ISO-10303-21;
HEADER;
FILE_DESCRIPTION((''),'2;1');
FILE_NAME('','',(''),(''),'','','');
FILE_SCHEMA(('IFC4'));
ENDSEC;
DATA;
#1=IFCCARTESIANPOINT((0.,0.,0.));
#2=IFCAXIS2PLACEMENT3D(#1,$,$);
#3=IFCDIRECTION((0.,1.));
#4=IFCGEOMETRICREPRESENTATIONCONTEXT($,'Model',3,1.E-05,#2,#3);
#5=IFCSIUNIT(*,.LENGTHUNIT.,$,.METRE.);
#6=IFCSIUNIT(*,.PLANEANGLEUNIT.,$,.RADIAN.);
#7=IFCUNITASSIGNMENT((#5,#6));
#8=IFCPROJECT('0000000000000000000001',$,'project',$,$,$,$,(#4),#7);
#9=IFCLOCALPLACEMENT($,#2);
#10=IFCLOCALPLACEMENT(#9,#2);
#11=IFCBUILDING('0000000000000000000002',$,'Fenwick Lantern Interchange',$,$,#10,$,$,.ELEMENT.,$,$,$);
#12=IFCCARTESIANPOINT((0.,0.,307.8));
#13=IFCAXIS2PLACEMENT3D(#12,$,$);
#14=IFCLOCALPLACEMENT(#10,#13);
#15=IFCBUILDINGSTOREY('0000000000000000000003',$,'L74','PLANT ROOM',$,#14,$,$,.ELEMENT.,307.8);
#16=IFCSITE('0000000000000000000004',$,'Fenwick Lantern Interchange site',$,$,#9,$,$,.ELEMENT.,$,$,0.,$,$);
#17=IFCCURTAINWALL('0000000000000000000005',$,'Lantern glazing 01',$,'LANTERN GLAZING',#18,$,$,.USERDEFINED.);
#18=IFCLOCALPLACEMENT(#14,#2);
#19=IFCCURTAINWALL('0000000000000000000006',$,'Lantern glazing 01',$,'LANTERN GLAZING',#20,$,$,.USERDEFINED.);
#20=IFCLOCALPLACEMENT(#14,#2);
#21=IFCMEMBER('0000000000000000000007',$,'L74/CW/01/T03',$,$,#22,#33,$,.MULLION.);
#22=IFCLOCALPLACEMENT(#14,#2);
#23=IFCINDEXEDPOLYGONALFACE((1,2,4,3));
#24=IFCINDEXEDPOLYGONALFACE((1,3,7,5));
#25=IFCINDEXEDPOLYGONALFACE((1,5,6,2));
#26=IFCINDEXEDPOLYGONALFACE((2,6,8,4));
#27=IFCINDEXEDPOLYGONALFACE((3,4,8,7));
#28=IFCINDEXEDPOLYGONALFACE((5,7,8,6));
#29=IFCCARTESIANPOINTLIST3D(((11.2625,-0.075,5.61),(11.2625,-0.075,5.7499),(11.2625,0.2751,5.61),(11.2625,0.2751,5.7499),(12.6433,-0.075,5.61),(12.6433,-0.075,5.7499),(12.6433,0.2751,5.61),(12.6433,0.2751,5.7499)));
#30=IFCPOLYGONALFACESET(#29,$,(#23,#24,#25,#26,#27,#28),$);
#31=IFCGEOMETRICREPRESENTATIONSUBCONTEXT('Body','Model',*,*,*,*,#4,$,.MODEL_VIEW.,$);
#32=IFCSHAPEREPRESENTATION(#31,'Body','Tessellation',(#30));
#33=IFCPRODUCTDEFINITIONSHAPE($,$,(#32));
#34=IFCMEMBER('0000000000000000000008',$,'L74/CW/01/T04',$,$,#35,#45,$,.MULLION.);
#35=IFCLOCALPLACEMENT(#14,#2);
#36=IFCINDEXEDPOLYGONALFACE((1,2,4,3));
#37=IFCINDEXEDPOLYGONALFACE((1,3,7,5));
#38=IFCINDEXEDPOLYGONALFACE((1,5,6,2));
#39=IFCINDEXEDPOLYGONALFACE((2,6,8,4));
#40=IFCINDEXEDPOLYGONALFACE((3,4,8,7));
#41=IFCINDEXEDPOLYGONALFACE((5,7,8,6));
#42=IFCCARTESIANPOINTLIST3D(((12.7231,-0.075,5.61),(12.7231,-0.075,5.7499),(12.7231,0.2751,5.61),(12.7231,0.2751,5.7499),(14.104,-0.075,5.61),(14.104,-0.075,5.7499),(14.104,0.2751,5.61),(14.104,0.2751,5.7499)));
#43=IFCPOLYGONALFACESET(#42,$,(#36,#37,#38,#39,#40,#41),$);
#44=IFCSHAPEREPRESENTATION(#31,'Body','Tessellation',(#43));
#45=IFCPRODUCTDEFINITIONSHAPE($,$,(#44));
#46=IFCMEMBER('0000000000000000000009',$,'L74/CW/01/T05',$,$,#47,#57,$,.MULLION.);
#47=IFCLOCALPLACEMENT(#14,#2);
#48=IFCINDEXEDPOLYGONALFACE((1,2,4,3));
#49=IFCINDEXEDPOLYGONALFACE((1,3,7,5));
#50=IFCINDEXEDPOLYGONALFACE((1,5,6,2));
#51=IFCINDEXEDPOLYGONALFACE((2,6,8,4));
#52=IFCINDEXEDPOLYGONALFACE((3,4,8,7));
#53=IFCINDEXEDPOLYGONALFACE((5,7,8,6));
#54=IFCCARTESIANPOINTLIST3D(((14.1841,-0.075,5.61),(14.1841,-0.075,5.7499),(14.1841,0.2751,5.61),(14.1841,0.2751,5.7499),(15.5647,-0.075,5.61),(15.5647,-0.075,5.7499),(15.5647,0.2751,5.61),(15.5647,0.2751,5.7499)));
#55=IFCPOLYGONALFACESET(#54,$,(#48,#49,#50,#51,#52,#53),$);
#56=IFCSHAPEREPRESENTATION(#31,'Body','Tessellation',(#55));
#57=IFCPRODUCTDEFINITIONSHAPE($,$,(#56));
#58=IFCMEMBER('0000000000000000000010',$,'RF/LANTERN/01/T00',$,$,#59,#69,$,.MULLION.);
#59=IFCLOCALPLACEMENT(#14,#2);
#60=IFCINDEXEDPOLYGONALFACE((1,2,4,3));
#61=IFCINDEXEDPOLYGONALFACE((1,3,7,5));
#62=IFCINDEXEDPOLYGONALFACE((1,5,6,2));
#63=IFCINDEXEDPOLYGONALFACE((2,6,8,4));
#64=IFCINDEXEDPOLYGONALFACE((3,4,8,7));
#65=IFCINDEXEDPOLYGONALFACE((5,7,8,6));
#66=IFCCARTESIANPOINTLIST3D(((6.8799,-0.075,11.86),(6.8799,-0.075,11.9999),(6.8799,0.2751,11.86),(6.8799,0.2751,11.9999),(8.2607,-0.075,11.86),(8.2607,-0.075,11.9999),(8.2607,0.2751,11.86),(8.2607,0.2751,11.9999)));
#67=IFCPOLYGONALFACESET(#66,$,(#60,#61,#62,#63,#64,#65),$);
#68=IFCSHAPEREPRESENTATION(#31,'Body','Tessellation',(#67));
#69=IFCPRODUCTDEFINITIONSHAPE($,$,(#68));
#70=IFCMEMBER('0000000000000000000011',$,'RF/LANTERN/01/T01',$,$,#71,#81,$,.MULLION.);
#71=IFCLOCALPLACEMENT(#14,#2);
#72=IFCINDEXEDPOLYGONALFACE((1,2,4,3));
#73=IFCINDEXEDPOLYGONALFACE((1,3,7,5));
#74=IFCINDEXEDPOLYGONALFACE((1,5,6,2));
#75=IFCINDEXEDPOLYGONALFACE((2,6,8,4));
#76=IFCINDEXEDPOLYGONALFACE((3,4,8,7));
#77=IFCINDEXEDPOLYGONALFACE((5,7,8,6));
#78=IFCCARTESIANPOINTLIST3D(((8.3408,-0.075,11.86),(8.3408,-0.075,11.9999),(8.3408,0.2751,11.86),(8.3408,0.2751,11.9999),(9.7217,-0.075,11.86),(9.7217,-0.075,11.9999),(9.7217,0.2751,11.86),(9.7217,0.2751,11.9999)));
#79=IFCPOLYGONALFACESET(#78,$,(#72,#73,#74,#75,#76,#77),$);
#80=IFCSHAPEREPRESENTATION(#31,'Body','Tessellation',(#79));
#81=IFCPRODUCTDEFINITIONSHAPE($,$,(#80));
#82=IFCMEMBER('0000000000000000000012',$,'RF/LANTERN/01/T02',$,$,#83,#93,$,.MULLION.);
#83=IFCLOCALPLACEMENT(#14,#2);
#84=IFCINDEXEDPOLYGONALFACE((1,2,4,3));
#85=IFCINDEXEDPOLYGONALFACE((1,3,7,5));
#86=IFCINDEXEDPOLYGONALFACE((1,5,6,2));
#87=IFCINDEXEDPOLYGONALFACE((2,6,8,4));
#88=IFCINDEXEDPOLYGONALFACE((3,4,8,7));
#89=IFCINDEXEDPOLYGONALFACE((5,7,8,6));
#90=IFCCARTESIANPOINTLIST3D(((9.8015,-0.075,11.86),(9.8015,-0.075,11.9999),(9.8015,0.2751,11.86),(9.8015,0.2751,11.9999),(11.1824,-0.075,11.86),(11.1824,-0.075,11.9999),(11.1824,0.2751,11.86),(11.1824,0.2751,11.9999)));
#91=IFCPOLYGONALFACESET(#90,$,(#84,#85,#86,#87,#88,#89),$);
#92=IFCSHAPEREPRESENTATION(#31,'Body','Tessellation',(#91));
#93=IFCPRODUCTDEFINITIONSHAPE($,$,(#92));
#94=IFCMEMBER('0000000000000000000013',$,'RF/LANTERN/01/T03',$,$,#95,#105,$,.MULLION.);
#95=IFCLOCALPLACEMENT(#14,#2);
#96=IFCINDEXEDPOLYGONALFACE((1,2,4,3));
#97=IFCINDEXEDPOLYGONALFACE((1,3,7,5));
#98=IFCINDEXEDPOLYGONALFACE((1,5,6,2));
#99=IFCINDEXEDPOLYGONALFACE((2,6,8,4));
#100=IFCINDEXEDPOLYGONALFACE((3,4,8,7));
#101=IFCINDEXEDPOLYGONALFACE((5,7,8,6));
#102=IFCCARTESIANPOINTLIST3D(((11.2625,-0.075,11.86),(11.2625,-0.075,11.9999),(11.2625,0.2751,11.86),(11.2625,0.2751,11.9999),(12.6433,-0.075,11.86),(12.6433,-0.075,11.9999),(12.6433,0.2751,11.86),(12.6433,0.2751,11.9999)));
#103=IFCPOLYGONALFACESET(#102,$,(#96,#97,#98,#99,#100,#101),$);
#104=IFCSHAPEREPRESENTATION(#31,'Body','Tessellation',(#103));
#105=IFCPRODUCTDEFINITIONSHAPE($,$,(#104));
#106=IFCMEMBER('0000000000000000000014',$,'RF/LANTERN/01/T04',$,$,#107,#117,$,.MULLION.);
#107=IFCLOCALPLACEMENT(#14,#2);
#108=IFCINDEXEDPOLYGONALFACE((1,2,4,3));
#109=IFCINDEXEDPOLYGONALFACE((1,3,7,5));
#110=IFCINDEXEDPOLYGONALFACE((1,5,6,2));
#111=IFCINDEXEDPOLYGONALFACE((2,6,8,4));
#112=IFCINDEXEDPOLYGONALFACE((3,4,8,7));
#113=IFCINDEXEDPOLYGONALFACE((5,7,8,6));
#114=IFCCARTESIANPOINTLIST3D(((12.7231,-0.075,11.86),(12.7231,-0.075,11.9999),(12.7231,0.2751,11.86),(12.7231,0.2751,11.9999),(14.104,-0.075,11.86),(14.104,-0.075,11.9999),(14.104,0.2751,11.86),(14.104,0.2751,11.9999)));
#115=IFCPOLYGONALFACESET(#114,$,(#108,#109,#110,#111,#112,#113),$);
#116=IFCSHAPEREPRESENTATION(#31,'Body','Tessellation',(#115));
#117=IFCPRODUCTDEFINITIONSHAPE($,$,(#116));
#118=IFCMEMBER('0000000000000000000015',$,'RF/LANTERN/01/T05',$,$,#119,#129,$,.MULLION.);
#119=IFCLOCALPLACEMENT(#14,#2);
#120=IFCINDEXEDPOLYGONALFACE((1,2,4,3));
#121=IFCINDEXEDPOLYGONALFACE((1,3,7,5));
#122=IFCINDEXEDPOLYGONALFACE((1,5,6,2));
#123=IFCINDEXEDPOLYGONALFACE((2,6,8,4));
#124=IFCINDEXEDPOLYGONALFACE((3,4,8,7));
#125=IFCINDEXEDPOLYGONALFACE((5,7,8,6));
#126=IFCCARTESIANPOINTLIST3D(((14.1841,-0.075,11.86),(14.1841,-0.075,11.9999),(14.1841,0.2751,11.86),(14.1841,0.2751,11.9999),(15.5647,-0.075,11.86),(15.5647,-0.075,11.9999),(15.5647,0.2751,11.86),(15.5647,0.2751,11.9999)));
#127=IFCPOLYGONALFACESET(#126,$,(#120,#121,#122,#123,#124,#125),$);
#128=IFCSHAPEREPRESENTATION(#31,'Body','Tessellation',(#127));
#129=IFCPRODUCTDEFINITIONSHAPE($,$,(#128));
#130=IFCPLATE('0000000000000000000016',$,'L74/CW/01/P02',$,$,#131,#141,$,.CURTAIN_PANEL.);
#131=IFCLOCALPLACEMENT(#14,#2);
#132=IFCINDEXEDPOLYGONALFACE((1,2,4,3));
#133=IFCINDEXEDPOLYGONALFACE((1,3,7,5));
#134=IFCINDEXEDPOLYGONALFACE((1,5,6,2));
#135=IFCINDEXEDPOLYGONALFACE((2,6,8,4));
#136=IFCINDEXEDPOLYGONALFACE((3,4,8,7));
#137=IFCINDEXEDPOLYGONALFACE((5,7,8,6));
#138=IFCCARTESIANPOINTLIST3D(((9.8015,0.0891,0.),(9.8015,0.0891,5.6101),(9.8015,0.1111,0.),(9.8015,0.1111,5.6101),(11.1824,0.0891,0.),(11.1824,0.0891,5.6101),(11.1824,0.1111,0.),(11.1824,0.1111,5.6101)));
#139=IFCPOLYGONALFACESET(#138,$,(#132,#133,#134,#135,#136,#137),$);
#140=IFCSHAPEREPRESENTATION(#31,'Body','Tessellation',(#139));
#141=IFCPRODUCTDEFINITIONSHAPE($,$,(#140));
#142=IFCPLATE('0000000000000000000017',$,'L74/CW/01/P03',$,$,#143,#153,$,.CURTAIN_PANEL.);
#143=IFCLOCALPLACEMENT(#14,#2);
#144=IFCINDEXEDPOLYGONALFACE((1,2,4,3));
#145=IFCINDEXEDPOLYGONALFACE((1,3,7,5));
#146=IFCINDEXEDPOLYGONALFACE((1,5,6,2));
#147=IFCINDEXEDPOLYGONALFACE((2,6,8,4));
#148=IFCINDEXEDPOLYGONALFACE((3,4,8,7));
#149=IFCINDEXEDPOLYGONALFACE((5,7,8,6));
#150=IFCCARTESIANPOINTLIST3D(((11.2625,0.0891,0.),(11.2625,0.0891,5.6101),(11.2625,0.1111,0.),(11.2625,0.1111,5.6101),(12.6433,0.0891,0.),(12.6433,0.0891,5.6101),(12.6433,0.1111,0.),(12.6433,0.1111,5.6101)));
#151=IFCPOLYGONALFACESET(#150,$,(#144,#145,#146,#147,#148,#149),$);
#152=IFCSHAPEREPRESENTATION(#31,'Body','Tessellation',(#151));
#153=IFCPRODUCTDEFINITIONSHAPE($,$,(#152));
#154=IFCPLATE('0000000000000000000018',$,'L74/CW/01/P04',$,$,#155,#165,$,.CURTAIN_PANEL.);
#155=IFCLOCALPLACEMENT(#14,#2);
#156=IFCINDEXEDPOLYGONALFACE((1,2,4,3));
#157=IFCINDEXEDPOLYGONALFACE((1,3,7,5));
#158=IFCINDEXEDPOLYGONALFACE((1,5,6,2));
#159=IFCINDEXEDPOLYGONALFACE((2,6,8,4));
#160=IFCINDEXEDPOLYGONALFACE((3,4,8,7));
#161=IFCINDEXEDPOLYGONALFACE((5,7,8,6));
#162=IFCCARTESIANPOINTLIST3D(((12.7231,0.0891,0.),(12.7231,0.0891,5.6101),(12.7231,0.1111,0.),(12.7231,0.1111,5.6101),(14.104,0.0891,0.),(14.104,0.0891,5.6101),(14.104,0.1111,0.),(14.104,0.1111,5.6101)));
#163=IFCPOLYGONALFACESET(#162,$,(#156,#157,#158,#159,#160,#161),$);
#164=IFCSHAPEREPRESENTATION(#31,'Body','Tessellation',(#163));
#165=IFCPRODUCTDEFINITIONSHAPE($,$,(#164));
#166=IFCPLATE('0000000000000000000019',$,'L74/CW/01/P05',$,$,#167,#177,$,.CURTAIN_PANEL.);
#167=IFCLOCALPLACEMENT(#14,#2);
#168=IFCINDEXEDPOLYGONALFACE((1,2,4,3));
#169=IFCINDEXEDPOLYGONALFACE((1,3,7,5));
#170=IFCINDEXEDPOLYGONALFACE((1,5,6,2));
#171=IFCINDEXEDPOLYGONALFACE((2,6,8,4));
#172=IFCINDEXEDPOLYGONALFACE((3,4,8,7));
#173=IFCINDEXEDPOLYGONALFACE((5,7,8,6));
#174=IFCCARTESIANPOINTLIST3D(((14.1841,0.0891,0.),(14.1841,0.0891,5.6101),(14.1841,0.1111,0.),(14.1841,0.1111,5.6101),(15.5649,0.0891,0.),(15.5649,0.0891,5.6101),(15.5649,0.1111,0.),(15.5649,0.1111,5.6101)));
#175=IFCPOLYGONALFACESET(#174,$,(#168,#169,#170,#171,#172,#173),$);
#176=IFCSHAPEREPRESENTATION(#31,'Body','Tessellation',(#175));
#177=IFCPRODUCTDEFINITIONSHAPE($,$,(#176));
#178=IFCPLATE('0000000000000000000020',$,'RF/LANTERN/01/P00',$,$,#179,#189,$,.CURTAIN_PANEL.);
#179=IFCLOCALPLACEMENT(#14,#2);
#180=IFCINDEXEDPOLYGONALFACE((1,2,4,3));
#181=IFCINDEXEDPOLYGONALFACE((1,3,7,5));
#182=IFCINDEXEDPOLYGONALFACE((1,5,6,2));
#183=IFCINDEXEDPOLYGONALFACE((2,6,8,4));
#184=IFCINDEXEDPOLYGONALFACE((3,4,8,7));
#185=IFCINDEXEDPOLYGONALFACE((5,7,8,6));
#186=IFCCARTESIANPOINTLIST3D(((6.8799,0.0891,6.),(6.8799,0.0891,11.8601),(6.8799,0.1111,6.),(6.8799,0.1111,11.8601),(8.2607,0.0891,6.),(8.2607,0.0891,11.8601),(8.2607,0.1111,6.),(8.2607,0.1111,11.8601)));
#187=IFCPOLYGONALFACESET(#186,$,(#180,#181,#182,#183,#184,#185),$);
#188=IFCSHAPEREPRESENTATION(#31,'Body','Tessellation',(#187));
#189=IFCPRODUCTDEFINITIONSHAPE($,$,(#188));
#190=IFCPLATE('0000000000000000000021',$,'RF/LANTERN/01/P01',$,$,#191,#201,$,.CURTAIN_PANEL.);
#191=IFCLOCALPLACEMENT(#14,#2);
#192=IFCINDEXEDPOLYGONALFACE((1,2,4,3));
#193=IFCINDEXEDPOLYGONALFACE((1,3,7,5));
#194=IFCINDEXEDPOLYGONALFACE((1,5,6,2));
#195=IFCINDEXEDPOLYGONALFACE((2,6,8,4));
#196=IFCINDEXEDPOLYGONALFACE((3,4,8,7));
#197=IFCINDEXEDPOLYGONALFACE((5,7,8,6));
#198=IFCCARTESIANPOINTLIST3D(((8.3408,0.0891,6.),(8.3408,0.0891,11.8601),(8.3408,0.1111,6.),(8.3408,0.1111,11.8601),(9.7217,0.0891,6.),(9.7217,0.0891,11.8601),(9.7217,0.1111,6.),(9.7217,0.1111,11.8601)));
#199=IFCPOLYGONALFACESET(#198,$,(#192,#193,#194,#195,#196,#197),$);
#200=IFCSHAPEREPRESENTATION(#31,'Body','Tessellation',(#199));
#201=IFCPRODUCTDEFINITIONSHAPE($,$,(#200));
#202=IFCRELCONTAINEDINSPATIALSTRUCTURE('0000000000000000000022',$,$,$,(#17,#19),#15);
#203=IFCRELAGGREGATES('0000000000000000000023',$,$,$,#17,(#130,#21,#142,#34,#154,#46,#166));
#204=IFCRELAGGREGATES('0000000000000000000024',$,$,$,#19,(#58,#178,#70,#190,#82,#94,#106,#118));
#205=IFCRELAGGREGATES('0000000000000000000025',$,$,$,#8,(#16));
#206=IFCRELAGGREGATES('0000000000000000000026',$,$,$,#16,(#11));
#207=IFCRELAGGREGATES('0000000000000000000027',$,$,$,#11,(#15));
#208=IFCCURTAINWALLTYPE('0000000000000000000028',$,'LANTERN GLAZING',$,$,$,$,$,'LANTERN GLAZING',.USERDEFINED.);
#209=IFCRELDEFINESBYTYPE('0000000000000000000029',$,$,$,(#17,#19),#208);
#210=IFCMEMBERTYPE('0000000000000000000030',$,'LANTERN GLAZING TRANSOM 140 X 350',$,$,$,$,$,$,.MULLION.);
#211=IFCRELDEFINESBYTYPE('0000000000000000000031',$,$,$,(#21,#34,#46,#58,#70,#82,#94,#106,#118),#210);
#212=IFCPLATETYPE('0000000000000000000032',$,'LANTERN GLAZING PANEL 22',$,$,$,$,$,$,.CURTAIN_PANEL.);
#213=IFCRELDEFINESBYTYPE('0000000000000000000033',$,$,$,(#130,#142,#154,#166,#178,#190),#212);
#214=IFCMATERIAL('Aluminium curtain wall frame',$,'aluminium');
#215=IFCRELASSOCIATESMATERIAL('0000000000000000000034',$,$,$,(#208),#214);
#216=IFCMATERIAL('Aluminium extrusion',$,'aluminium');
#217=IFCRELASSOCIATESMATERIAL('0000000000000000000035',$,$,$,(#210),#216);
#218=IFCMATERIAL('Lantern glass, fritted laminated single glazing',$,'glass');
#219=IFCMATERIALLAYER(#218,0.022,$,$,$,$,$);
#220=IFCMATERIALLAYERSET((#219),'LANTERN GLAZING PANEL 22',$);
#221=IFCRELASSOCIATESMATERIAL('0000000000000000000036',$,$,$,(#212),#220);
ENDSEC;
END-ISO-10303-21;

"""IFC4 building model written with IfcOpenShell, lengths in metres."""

from ifc_helpers import new_model, si_unit, direction, frame, origin, origin_2d, place, context, subcontext, project, spatial, rectangle, extrude, material, layer, layer_set, material_profile, profile_set, type_object, element, aggregate, save


model = new_model("IFC4")

# Units and contexts
model_context = context("Model", 3, precision=1e-05, world=origin(), true_north=direction((0.0, 1.0)))
body_context = subcontext(model_context, "Body", "Model", "MODEL_VIEW")
ifc_project = project(units=[si_unit("LENGTHUNIT", "METRE"), si_unit("PLANEANGLEUNIT", "RADIAN")], contexts=[model_context])

# Site, building, storey
site_placement = place(None, origin())
site = spatial("IfcSite", under=ifc_project, at=site_placement, Name="Fenwick Lantern Interchange site", CompositionType="ELEMENT", RefElevation=0.0)
building_placement = place(site_placement, origin())
building = spatial("IfcBuilding", under=site, at=building_placement, Name="Fenwick Lantern Interchange", CompositionType="ELEMENT")
storey_placement = place(building_placement, frame((0.0, 0.0, 307.8)))
storey = spatial("IfcBuildingStorey", under=building, at=storey_placement, Name="L74", Description="PLANT ROOM", CompositionType="ELEMENT", Elevation=307.8)

# Curtain walls
ifc_material_1 = material(Name="Aluminium curtain wall frame", Category="aluminium")
curtain_wall_type = type_object("IfcCurtainWallType", Name="LANTERN GLAZING", ElementType="LANTERN GLAZING", PredefinedType="USERDEFINED", material=ifc_material_1)
curtain_wall_1_placement = place(storey_placement, origin())
curtain_wall_1 = element("IfcCurtainWall", 1, at=curtain_wall_1_placement, inside=storey, type_object=curtain_wall_type, Name="Lantern glazing 01", ObjectType="LANTERN GLAZING", PredefinedType="USERDEFINED")
ifc_material_2 = material(Name="Aluminium extrusion", Category="aluminium")
curtain_wall_2_placement = place(storey_placement, origin())
curtain_wall_2 = element("IfcCurtainWall", 2, at=curtain_wall_2_placement, inside=storey, type_object=curtain_wall_type, Name="Lantern glazing 01", ObjectType="LANTERN GLAZING", PredefinedType="USERDEFINED")

# Members
ifc_material_profile_1 = material_profile(ifc_material_2, rectangle(XDim=0.3501, YDim=0.1399, at=origin_2d()), Name="LANTERN GLAZING TRANSOM 140 X 350")
ifc_profile_set_1 = profile_set([ifc_material_profile_1], Name="Aluminium extrusion")
member_type_1 = type_object("IfcMemberType", Name="LANTERN GLAZING TRANSOM 140 X 350", PredefinedType="MULLION", material=ifc_profile_set_1)
member_1_placement = place(storey_placement, frame((11.2625, 0.1001, 5.6799), z_axis=(1.0, 0.0, 0.0), x_axis=(0.0, 1.0, 0.0)))
member_1 = element("IfcMember", 3, at=member_1_placement, type_object=member_type_1, Name="L74/CW/01/T03", PredefinedType="MULLION", context=body_context, shape_type="SweptSolid", body=[
    extrude(rectangle(XDim=0.3501, YDim=0.1399, at=origin_2d()), origin(), (0.0, 0.0, 1.0), 1.3809),
])
member_2_placement = place(storey_placement, frame((12.7231, 0.1001, 5.6799), z_axis=(1.0, 0.0, 0.0), x_axis=(0.0, 1.0, 0.0)))
member_2 = element("IfcMember", 4, at=member_2_placement, type_object=member_type_1, Name="L74/CW/01/T04", PredefinedType="MULLION", context=body_context, shape_type="SweptSolid", body=[
    extrude(rectangle(XDim=0.3501, YDim=0.1399, at=origin_2d()), origin(), (0.0, 0.0, 1.0), 1.3809),
])
member_3_placement = place(storey_placement, frame((14.1841, 0.1001, 5.6799), z_axis=(1.0, 0.0, 0.0), x_axis=(0.0, 1.0, 0.0)))
member_3 = element("IfcMember", 5, at=member_3_placement, type_object=member_type_1, Name="L74/CW/01/T05", PredefinedType="MULLION", context=body_context, shape_type="SweptSolid", body=[
    extrude(rectangle(XDim=0.3501, YDim=0.1399, at=origin_2d()), origin(), (0.0, 0.0, 1.0), 1.3806),
])
member_4_placement = place(storey_placement, frame((6.8799, 0.1001, 11.9299), z_axis=(1.0, 0.0, 0.0), x_axis=(0.0, 1.0, 0.0)))
member_4 = element("IfcMember", 6, at=member_4_placement, type_object=member_type_1, Name="RF/LANTERN/01/T00", PredefinedType="MULLION", context=body_context, shape_type="SweptSolid", body=[
    extrude(rectangle(XDim=0.3501, YDim=0.1399, at=origin_2d()), origin(), (0.0, 0.0, 1.0), 1.3809),
])
member_5_placement = place(storey_placement, frame((8.3408, 0.1001, 11.9299), z_axis=(1.0, 0.0, 0.0), x_axis=(0.0, 1.0, 0.0)))
member_5 = element("IfcMember", 7, at=member_5_placement, type_object=member_type_1, Name="RF/LANTERN/01/T01", PredefinedType="MULLION", context=body_context, shape_type="SweptSolid", body=[
    extrude(rectangle(XDim=0.3501, YDim=0.1399, at=origin_2d()), origin(), (0.0, 0.0, 1.0), 1.3809),
])
member_6_placement = place(storey_placement, frame((9.8015, 0.1001, 11.9299), z_axis=(1.0, 0.0, 0.0), x_axis=(0.0, 1.0, 0.0)))
member_6 = element("IfcMember", 8, at=member_6_placement, type_object=member_type_1, Name="RF/LANTERN/01/T02", PredefinedType="MULLION", context=body_context, shape_type="SweptSolid", body=[
    extrude(rectangle(XDim=0.3501, YDim=0.1399, at=origin_2d()), origin(), (0.0, 0.0, 1.0), 1.3809),
])
member_7_placement = place(storey_placement, frame((11.2625, 0.1001, 11.9299), z_axis=(1.0, 0.0, 0.0), x_axis=(0.0, 1.0, 0.0)))
member_7 = element("IfcMember", 9, at=member_7_placement, type_object=member_type_1, Name="RF/LANTERN/01/T03", PredefinedType="MULLION", context=body_context, shape_type="SweptSolid", body=[
    extrude(rectangle(XDim=0.3501, YDim=0.1399, at=origin_2d()), origin(), (0.0, 0.0, 1.0), 1.3809),
])
member_8_placement = place(storey_placement, frame((12.7231, 0.1001, 11.9299), z_axis=(1.0, 0.0, 0.0), x_axis=(0.0, 1.0, 0.0)))
member_8 = element("IfcMember", 10, at=member_8_placement, type_object=member_type_1, Name="RF/LANTERN/01/T04", PredefinedType="MULLION", context=body_context, shape_type="SweptSolid", body=[
    extrude(rectangle(XDim=0.3501, YDim=0.1399, at=origin_2d()), origin(), (0.0, 0.0, 1.0), 1.3809),
])
member_9_placement = place(storey_placement, frame((14.1841, 0.1001, 11.9299), z_axis=(1.0, 0.0, 0.0), x_axis=(0.0, 1.0, 0.0)))
member_9 = element("IfcMember", 11, at=member_9_placement, type_object=member_type_1, Name="RF/LANTERN/01/T05", PredefinedType="MULLION", context=body_context, shape_type="SweptSolid", body=[
    extrude(rectangle(XDim=0.3501, YDim=0.1399, at=origin_2d()), origin(), (0.0, 0.0, 1.0), 1.3806),
])

# Plates
ifc_material_3 = material(Name="Lantern glass, fritted laminated single glazing", Category="glass")
ifc_layer_1 = layer(ifc_material_3, 0.022)
ifc_layer_set_1 = layer_set([ifc_layer_1], Name="LANTERN GLAZING PANEL 22")
plate_type = type_object("IfcPlateType", Name="LANTERN GLAZING PANEL 22", PredefinedType="CURTAIN_PANEL", material=ifc_layer_set_1)
plate_1_placement = place(storey_placement, frame((10.4919, 0.1001, 0.0), z_axis=(0.0, 0.0, 1.0), x_axis=(1.0, 0.0, 0.0)))
plate_1 = element("IfcPlate", 12, at=plate_1_placement, type_object=plate_type, Name="L74/CW/01/P02", PredefinedType="CURTAIN_PANEL", context=body_context, shape_type="SweptSolid", body=[
    extrude(rectangle(XDim=1.3809, YDim=0.022, at=origin_2d()), origin(), (0.0, 0.0, 1.0), 5.6101),
])
plate_2_placement = place(storey_placement, frame((11.9529, 0.1001, 0.0), z_axis=(0.0, 0.0, 1.0), x_axis=(1.0, 0.0, 0.0)))
plate_2 = element("IfcPlate", 13, at=plate_2_placement, type_object=plate_type, Name="L74/CW/01/P03", PredefinedType="CURTAIN_PANEL", context=body_context, shape_type="SweptSolid", body=[
    extrude(rectangle(XDim=1.3809, YDim=0.022, at=origin_2d()), origin(), (0.0, 0.0, 1.0), 5.6101),
])
plate_3_placement = place(storey_placement, frame((13.4136, 0.1001, 0.0), z_axis=(0.0, 0.0, 1.0), x_axis=(1.0, 0.0, 0.0)))
plate_3 = element("IfcPlate", 14, at=plate_3_placement, type_object=plate_type, Name="L74/CW/01/P04", PredefinedType="CURTAIN_PANEL", context=body_context, shape_type="SweptSolid", body=[
    extrude(rectangle(XDim=1.3809, YDim=0.022, at=origin_2d()), origin(), (0.0, 0.0, 1.0), 5.6101),
])
plate_4_placement = place(storey_placement, frame((14.8745, 0.1001, 0.0), z_axis=(0.0, 0.0, 1.0), x_axis=(1.0, 0.0, 0.0)))
plate_4 = element("IfcPlate", 15, at=plate_4_placement, type_object=plate_type, Name="L74/CW/01/P05", PredefinedType="CURTAIN_PANEL", context=body_context, shape_type="SweptSolid", body=[
    extrude(rectangle(XDim=1.3809, YDim=0.022, at=origin_2d()), origin(), (0.0, 0.0, 1.0), 5.6101),
])
aggregate(curtain_wall_1, [plate_1, member_1, plate_2, member_2, plate_3, member_3, plate_4])
plate_5_placement = place(storey_placement, frame((7.5703, 0.1001, 6.0), z_axis=(0.0, 0.0, 1.0), x_axis=(1.0, 0.0, 0.0)))
plate_5 = element("IfcPlate", 16, at=plate_5_placement, type_object=plate_type, Name="RF/LANTERN/01/P00", PredefinedType="CURTAIN_PANEL", context=body_context, shape_type="SweptSolid", body=[
    extrude(rectangle(XDim=1.3809, YDim=0.022, at=origin_2d()), origin(), (0.0, 0.0, 1.0), 5.8601),
])
plate_6_placement = place(storey_placement, frame((9.0312, 0.1001, 6.0), z_axis=(0.0, 0.0, 1.0), x_axis=(1.0, 0.0, 0.0)))
plate_6 = element("IfcPlate", 17, at=plate_6_placement, type_object=plate_type, Name="RF/LANTERN/01/P01", PredefinedType="CURTAIN_PANEL", context=body_context, shape_type="SweptSolid", body=[
    extrude(rectangle(XDim=1.3809, YDim=0.022, at=origin_2d()), origin(), (0.0, 0.0, 1.0), 5.8601),
])
aggregate(curtain_wall_2, [member_4, plate_5, member_5, plate_6, member_6, member_7, member_8, member_9])

save(model, "model.ifc")
